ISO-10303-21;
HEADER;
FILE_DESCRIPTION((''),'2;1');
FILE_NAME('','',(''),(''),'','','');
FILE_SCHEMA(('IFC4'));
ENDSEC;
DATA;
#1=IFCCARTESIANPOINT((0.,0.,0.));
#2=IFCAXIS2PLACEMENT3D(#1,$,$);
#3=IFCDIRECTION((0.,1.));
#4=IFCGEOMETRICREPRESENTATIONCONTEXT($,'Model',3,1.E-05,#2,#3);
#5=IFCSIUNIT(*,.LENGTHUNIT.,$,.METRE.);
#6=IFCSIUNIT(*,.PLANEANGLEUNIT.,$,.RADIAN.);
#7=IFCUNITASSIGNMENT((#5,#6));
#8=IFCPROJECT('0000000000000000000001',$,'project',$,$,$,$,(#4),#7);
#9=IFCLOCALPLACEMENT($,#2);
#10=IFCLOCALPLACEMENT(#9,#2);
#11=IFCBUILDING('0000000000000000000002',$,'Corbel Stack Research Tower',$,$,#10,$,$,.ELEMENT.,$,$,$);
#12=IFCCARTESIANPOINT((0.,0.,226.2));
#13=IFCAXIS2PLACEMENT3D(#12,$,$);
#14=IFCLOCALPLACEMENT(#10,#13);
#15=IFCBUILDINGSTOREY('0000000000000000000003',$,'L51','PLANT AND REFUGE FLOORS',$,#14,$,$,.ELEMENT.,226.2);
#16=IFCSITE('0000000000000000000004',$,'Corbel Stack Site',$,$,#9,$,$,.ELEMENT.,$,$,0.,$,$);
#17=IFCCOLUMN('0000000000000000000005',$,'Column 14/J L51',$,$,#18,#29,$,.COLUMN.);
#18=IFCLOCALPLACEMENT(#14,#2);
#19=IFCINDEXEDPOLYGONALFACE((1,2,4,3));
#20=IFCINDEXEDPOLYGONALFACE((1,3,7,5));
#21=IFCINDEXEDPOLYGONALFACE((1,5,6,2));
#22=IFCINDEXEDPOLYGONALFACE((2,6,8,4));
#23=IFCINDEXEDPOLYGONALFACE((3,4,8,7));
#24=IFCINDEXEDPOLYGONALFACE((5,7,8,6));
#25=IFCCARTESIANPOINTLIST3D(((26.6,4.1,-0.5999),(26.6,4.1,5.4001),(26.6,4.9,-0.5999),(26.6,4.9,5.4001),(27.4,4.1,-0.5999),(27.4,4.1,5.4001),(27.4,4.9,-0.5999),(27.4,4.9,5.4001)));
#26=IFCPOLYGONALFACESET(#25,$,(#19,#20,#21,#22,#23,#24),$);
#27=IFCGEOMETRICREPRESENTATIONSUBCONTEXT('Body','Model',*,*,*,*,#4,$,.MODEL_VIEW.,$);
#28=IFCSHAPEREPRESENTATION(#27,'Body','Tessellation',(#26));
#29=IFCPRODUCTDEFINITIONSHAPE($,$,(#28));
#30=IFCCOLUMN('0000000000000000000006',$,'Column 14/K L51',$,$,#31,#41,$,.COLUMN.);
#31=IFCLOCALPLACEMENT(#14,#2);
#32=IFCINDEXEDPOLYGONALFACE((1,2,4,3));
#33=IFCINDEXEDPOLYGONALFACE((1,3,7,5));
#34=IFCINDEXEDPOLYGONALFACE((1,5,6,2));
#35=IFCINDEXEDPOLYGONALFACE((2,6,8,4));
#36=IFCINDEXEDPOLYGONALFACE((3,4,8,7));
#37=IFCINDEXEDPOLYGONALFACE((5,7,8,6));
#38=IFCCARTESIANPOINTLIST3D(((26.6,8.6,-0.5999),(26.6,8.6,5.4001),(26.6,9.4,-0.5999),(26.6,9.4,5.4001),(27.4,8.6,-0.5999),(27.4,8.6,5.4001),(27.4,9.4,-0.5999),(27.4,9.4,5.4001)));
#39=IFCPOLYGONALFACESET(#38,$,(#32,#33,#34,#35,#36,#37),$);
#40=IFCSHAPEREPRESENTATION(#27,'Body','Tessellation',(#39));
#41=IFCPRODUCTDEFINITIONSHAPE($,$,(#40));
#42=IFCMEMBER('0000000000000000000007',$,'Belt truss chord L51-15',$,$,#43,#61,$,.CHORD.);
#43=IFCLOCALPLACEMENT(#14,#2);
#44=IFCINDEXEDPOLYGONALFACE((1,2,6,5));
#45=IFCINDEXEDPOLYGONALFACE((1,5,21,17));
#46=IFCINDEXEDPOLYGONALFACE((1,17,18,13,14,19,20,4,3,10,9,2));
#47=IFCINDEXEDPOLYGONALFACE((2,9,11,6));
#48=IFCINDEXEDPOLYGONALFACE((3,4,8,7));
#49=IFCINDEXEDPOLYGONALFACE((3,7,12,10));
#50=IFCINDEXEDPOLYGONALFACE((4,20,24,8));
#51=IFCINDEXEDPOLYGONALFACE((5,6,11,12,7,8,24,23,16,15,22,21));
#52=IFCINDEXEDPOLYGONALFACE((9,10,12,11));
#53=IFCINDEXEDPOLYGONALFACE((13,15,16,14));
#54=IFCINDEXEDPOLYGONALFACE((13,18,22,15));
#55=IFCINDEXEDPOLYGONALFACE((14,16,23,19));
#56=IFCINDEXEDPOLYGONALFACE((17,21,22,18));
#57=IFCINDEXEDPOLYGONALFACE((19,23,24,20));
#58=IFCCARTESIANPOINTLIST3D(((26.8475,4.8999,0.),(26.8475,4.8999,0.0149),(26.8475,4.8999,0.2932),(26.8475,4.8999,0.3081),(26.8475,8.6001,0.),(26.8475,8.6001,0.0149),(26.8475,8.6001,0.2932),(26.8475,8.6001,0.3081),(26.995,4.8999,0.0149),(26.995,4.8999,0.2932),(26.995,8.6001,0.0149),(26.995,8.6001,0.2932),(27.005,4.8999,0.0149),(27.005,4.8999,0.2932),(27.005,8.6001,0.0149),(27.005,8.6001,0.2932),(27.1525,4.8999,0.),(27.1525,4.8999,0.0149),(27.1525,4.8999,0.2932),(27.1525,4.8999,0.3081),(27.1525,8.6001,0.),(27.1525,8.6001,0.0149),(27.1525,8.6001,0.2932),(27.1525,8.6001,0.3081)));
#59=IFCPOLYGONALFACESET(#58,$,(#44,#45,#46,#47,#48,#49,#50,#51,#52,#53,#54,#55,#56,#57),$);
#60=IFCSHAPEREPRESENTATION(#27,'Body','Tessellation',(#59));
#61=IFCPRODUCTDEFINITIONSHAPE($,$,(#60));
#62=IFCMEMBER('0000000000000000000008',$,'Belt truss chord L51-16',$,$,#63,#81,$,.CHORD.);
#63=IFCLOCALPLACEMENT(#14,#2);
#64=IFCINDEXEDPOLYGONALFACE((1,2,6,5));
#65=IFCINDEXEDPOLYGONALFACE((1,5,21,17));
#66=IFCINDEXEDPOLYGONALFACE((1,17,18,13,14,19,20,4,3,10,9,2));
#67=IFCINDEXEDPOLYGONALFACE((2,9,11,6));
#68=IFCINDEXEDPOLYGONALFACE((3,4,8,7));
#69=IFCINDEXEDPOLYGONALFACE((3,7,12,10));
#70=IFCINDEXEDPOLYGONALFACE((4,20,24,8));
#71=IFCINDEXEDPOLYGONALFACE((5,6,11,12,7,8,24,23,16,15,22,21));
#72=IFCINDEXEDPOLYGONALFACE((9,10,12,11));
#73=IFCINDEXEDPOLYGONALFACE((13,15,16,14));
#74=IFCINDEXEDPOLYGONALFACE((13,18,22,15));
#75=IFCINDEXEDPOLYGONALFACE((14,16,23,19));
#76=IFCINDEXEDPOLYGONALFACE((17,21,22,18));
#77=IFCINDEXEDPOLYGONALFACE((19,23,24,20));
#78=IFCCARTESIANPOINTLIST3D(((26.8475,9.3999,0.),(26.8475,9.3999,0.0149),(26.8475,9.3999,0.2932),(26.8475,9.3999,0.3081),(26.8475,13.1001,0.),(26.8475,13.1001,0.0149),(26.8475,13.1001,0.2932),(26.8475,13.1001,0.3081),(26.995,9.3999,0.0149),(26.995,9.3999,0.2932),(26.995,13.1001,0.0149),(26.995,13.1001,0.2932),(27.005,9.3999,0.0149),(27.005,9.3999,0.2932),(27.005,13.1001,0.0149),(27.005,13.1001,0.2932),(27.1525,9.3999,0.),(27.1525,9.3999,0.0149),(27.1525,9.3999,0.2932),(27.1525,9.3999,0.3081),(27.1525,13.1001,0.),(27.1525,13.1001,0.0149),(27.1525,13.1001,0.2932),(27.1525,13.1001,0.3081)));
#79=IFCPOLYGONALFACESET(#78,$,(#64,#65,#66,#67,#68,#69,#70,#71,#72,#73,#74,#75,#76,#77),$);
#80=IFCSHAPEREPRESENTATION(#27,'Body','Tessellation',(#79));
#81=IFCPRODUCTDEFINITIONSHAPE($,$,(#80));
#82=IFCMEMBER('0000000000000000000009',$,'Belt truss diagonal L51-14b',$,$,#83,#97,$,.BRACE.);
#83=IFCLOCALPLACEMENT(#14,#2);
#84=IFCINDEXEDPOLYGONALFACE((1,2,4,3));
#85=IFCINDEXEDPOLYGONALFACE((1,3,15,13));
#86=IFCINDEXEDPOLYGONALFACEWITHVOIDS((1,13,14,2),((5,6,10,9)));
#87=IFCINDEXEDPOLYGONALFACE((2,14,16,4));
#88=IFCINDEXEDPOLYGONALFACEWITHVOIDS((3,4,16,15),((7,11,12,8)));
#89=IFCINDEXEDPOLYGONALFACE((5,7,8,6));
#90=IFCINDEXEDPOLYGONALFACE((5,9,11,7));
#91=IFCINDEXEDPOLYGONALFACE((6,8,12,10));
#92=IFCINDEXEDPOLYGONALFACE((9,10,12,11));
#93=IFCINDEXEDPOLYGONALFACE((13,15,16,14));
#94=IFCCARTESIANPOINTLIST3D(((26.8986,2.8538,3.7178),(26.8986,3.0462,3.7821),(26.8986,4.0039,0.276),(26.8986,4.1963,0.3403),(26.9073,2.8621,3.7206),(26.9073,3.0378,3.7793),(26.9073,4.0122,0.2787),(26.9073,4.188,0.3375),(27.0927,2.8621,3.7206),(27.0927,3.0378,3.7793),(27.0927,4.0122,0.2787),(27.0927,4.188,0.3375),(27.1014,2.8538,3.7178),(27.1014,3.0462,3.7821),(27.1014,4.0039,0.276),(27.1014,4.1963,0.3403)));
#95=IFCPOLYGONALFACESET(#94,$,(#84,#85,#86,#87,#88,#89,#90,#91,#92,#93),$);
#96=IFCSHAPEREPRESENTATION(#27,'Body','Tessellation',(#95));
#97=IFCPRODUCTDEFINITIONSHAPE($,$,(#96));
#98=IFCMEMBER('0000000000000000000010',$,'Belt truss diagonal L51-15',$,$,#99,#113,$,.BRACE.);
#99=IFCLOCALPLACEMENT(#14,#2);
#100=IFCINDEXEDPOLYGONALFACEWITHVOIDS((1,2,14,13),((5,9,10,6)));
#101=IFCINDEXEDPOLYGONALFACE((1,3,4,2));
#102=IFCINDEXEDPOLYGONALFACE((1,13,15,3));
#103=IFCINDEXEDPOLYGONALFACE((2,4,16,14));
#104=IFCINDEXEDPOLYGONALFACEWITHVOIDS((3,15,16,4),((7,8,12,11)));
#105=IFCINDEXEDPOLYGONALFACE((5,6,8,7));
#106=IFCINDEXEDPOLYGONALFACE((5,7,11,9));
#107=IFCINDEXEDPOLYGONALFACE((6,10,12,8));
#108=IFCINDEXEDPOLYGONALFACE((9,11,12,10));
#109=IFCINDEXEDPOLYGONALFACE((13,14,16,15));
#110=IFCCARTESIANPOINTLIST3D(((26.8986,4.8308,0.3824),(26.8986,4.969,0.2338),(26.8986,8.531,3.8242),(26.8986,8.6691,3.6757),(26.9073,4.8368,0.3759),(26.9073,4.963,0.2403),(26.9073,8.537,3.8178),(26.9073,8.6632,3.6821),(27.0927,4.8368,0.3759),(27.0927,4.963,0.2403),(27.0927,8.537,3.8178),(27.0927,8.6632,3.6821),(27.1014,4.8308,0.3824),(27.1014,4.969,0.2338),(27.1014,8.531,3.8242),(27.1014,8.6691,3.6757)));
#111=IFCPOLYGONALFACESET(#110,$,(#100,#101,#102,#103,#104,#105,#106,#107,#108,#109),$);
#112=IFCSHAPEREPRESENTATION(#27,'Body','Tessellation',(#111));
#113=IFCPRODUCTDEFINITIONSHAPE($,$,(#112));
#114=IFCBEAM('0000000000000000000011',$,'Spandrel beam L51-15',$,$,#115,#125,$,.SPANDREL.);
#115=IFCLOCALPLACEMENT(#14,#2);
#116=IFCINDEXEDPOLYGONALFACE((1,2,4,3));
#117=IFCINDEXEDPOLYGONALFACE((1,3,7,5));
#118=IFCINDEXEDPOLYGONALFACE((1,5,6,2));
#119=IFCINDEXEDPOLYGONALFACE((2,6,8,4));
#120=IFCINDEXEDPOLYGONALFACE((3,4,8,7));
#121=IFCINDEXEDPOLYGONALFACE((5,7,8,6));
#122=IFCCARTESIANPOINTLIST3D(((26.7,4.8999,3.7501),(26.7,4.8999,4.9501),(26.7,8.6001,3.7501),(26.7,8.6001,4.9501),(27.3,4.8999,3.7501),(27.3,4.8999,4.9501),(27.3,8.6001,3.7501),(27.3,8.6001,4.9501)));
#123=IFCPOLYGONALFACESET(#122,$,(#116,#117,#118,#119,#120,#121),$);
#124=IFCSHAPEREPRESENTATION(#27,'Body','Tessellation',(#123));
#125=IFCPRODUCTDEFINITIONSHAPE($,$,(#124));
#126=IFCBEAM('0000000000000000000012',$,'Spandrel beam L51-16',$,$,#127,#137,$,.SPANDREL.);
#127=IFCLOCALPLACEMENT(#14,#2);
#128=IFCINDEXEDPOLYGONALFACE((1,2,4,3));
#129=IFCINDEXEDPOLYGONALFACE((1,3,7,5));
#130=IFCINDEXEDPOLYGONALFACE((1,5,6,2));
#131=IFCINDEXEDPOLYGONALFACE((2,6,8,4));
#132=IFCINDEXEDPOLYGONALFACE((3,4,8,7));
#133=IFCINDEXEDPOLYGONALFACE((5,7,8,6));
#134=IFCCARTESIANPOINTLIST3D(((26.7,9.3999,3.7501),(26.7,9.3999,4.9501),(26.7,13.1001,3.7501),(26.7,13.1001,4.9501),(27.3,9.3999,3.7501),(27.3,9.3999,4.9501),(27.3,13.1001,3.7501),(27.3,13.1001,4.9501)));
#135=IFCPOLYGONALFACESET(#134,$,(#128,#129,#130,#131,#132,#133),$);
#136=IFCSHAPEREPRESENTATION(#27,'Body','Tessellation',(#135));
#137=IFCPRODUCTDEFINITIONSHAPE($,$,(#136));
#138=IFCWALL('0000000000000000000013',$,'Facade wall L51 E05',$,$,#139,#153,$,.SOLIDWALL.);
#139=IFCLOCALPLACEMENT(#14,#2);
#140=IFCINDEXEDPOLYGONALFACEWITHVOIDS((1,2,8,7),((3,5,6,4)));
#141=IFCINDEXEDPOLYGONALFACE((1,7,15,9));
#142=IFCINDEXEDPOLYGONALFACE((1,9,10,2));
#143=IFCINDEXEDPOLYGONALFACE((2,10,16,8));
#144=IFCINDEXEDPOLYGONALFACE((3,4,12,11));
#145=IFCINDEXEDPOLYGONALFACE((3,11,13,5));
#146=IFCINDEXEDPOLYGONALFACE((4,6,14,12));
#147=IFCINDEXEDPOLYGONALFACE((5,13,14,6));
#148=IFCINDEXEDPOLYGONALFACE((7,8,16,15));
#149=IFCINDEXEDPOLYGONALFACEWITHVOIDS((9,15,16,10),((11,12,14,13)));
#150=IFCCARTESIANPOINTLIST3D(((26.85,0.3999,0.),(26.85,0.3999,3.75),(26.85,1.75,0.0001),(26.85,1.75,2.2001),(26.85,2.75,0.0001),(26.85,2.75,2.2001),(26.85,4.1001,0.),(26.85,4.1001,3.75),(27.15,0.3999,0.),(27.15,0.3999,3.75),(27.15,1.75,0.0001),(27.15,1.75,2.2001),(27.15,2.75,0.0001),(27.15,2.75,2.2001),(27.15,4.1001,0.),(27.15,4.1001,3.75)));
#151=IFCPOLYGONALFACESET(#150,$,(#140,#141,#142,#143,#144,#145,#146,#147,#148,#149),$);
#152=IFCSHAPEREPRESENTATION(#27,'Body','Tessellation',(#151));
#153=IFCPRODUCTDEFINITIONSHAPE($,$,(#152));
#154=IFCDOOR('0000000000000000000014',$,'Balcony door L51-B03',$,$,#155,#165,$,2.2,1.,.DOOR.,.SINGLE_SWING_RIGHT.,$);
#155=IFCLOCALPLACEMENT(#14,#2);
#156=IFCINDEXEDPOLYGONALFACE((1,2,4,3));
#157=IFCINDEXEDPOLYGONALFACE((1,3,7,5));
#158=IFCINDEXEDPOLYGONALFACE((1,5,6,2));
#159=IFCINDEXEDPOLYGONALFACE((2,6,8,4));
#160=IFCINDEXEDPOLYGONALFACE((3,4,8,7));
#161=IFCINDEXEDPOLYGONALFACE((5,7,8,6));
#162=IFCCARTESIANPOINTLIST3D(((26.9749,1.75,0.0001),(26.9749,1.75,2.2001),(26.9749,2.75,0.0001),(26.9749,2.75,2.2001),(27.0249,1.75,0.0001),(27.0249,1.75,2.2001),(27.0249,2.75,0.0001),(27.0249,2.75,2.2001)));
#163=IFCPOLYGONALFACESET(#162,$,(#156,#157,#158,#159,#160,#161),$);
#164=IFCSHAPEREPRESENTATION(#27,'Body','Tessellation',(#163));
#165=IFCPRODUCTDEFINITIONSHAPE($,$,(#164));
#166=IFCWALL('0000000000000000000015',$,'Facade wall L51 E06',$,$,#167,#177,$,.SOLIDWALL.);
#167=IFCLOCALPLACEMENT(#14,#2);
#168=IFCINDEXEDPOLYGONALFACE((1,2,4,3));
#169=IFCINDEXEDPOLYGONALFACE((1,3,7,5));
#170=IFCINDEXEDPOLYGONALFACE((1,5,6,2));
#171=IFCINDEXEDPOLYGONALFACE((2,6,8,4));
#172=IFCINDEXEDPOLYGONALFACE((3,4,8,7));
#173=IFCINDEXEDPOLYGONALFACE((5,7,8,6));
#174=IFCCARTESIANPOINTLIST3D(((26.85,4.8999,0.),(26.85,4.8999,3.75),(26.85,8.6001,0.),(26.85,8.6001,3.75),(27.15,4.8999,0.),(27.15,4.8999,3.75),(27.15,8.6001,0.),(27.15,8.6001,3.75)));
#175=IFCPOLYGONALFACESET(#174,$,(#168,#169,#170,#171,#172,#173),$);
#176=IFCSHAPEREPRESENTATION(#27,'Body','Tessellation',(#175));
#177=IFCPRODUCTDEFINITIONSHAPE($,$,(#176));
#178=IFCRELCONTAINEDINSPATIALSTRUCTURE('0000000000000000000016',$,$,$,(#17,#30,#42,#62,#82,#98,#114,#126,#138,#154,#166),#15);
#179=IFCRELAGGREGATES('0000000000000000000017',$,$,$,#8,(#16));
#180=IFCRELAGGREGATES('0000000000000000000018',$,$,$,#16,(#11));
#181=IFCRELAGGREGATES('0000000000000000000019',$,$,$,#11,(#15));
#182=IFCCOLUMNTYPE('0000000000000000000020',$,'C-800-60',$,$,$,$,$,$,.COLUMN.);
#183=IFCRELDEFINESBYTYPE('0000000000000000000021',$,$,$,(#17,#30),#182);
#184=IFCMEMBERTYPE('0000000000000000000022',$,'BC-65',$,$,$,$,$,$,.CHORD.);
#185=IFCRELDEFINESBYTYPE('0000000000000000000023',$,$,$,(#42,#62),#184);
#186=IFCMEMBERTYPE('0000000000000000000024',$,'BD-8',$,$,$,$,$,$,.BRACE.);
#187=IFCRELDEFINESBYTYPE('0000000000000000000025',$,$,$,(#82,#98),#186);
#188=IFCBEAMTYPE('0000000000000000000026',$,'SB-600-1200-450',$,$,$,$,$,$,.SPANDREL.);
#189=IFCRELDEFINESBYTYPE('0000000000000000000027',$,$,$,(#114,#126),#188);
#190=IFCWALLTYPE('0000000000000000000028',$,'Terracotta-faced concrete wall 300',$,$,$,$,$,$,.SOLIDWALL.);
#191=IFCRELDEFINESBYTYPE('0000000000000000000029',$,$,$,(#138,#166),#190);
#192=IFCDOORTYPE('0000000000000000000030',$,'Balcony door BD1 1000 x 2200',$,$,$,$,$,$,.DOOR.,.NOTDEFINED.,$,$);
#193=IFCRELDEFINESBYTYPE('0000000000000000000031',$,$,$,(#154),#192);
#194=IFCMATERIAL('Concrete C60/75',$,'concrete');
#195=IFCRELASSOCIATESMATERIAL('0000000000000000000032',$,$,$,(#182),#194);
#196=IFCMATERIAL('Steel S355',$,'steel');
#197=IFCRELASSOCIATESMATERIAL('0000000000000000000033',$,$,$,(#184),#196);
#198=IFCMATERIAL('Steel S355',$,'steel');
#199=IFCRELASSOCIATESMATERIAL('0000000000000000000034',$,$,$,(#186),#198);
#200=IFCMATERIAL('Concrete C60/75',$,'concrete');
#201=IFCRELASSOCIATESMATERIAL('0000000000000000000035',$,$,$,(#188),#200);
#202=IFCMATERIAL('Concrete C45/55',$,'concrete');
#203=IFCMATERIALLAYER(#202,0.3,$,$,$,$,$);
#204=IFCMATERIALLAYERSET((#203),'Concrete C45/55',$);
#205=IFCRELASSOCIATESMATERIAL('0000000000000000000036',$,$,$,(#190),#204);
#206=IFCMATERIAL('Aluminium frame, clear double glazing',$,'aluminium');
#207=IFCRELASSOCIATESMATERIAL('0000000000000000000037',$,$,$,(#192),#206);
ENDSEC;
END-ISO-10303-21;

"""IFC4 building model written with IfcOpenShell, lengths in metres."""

from ifc_helpers import new_model, si_unit, direction, frame, frame_2d, origin, origin_2d, place, context, subcontext, project, spatial, rectangle, hollow_rectangle, i_section, extrude, material, layer, layer_set, material_profile, profile_set, type_object, element, fill, save


model = new_model("IFC4")

# Units and contexts
model_context = context("Model", 3, precision=1e-05, world=origin(), true_north=direction((0.0, 1.0)))
body_context = subcontext(model_context, "Body", "Model", "MODEL_VIEW")
ifc_project = project(units=[si_unit("LENGTHUNIT", "METRE"), si_unit("PLANEANGLEUNIT", "RADIAN")], contexts=[model_context])

# Site, building, storey
site_placement = place(None, origin())
site = spatial("IfcSite", under=ifc_project, at=site_placement, Name="Corbel Stack Site", CompositionType="ELEMENT", RefElevation=0.0)
building_placement = place(site_placement, origin())
building = spatial("IfcBuilding", under=site, at=building_placement, Name="Corbel Stack Research Tower", CompositionType="ELEMENT")
storey_placement = place(building_placement, frame((0.0, 0.0, 226.2)))
storey = spatial("IfcBuildingStorey", under=building, at=storey_placement, Name="L51", Description="PLANT AND REFUGE FLOORS", CompositionType="ELEMENT", Elevation=226.2)

# Columns
ifc_material_1 = material(Name="Concrete C60/75", Category="concrete")
ifc_material_profile_1 = material_profile(ifc_material_1, rectangle(XDim=0.8, YDim=0.8, at=origin_2d()), Name="RC 800 x 800")
ifc_profile_set_1 = profile_set([ifc_material_profile_1], Name="Concrete C60/75")
column_type = type_object("IfcColumnType", Name="C-800-60", PredefinedType="COLUMN", material=ifc_profile_set_1)
for number, where, z_axis, x_axis, name in (
    (1, (27.0, 4.5, -0.5999), (0.0, 0.0, 1.0), (1.0, 0.0, 0.0), "Column 14/J L51"),
    (2, (27.0, 9.0, -0.5999), (0.0, 0.0, 1.0), (1.0, 0.0, 0.0), "Column 14/K L51"),
):
    element("IfcColumn", number, at=place(storey_placement, frame(where, z_axis=z_axis, x_axis=x_axis)), inside=storey, type_object=column_type, Name=name, PredefinedType="COLUMN", context=body_context, shape_type="SweptSolid", body=[
        extrude(rectangle(XDim=0.8, YDim=0.8, at=origin_2d()), origin(), (0.0, 0.0, 1.0), 6.0),
    ])

# Members
ifc_material_2 = material(Name="Steel S355", Category="steel")
ifc_material_profile_2 = material_profile(ifc_material_2, i_section(OverallWidth=0.3049, OverallDepth=0.3081, WebThickness=0.01, FlangeThickness=0.0149, at=origin_2d()), Name="W12x65")
ifc_profile_set_2 = profile_set([ifc_material_profile_2], Name="Steel S355")
member_type_1 = type_object("IfcMemberType", Name="BC-65", PredefinedType="CHORD", material=ifc_profile_set_2)
for number, where, z_axis, x_axis, name in (
    (3, (27.0, 4.8999, 0.1541), (0.0, 1.0, 0.0), (-1.0, 0.0, 0.0), "Belt truss chord L51-15"),
    (4, (27.0, 9.3999, 0.1541), (0.0, 1.0, 0.0), (-1.0, 0.0, 0.0), "Belt truss chord L51-16"),
):
    element("IfcMember", number, at=place(storey_placement, frame(where, z_axis=z_axis, x_axis=x_axis)), inside=storey, type_object=member_type_1, Name=name, PredefinedType="CHORD", context=body_context, shape_type="SweptSolid", body=[
        extrude(i_section(OverallWidth=0.3049, OverallDepth=0.3081, WebThickness=0.01, FlangeThickness=0.0149, at=origin_2d()), origin(), (0.0, 0.0, 1.0), 3.7002),
    ])
ifc_material_3 = material(Name="Steel S355", Category="steel")
ifc_material_profile_3 = material_profile(ifc_material_3, hollow_rectangle(XDim=0.2029, YDim=0.2029, WallThickness=0.0088, at=origin_2d()), Name="HSS8x8x3/8")
ifc_profile_set_3 = profile_set([ifc_material_profile_3], Name="Steel S355")
member_type_2 = type_object("IfcMemberType", Name="BD-8", PredefinedType="BRACE", material=ifc_profile_set_3)
member_1_placement = place(storey_placement, frame((27.0, 4.1001, 0.3081), z_axis=(0.0, -0.316934, 0.948448), x_axis=(1.0, 0.0, 0.0)))
element("IfcMember", 5, at=member_1_placement, inside=storey, type_object=member_type_2, Name="Belt truss diagonal L51-14b", PredefinedType="BRACE", context=body_context, shape_type="SweptSolid", body=[
    extrude(hollow_rectangle(XDim=0.2029, YDim=0.2029, WallThickness=0.0088, at=origin_2d()), origin(), (0.0, 0.0, 1.0), 3.6289),
])
member_2_placement = place(storey_placement, frame((27.0, 4.8999, 0.3081), z_axis=(0.0, 0.732201, 0.681088), x_axis=(-1.0, 0.0, 0.0)))
element("IfcMember", 6, at=member_2_placement, inside=storey, type_object=member_type_2, Name="Belt truss diagonal L51-15", PredefinedType="BRACE", context=body_context, shape_type="SweptSolid", body=[
    extrude(hollow_rectangle(XDim=0.2029, YDim=0.2029, WallThickness=0.0088, at=origin_2d()), origin(), (0.0, 0.0, 1.0), 5.0535),
])

# Beams
ifc_material_4 = material(Name="Concrete C60/75", Category="concrete")
ifc_material_profile_4 = material_profile(ifc_material_4, rectangle(XDim=0.6001, YDim=1.2, at=origin_2d()), Name="RC 600 x 1200")
ifc_profile_set_4 = profile_set([ifc_material_profile_4], Name="Concrete C60/75")
beam_type = type_object("IfcBeamType", Name="SB-600-1200-450", PredefinedType="SPANDREL", material=ifc_profile_set_4)
for number, where, z_axis, x_axis, name in (
    (7, (27.0, 4.8999, 4.3501), (0.0, 1.0, 0.0), (-1.0, 0.0, 0.0), "Spandrel beam L51-15"),
    (8, (27.0, 9.3999, 4.3501), (0.0, 1.0, 0.0), (-1.0, 0.0, 0.0), "Spandrel beam L51-16"),
):
    element("IfcBeam", number, at=place(storey_placement, frame(where, z_axis=z_axis, x_axis=x_axis)), inside=storey, type_object=beam_type, Name=name, PredefinedType="SPANDREL", context=body_context, shape_type="SweptSolid", body=[
        extrude(rectangle(XDim=0.6001, YDim=1.2, at=origin_2d()), origin(), (0.0, 0.0, 1.0), 3.7002),
    ])

# Wall, opening, door
ifc_material_5 = material(Name="Concrete C45/55", Category="concrete")
ifc_layer_1 = layer(ifc_material_5, 0.3)
ifc_layer_set_1 = layer_set([ifc_layer_1], Name="Concrete C45/55")
wall_type = type_object("IfcWallType", Name="Terracotta-faced concrete wall 300", PredefinedType="SOLIDWALL", material=ifc_layer_set_1)
wall_1_placement = place(storey_placement, frame((27.0, 4.1001, 0.0), z_axis=(0.0, 0.0, 1.0), x_axis=(0.0, -1.0, 0.0)))
wall_1 = element("IfcWall", 9, at=wall_1_placement, inside=storey, type_object=wall_type, Name="Facade wall L51 E05", PredefinedType="SOLIDWALL", context=body_context, shape_type="SweptSolid", body=[
    extrude(rectangle(XDim=3.7002, YDim=0.3, at=frame_2d((1.8501, 0.0))), origin(), (0.0, 0.0, 1.0), 3.75),
])
opening_placement = place(wall_1_placement, frame((1.3501, 0.0, 0.0)))
opening = element("IfcOpeningElement", 10, at=opening_placement, cuts=wall_1, PredefinedType="OPENING", context=body_context, shape_type="SweptSolid", body=[
    extrude(rectangle(XDim=1.0, YDim=2.2, at=frame_2d((0.5, 1.1001))), frame((0.0, 0.1599, 0.0), z_axis=(0.0, -1.0, 0.0), x_axis=(1.0, 0.0, 0.0)), (0.0, 0.0, 1.0), 0.3201),
])
ifc_material_6 = material(Name="Aluminium frame, clear double glazing", Category="aluminium")
door_type = type_object("IfcDoorType", Name="Balcony door BD1 1000 x 2200", OperationType="NOTDEFINED", PredefinedType="DOOR", material=ifc_material_6)
door_placement = place(opening_placement, origin())
door = element("IfcDoor", 11, at=door_placement, inside=storey, type_object=door_type, Name="Balcony door L51-B03", OperationType="SINGLE_SWING_RIGHT", OverallHeight=2.2, OverallWidth=1.0, PredefinedType="DOOR", context=body_context, shape_type="SweptSolid", body=[
    extrude(rectangle(XDim=1.0, YDim=2.2, at=frame_2d((0.5, 1.1001))), frame((0.0, 0.0249, 0.0), z_axis=(0.0, -1.0, 0.0), x_axis=(1.0, 0.0, 0.0)), (0.0, 0.0, 1.0), 0.05),
])
fill(opening, door)

# Wall
wall_2_placement = place(storey_placement, frame((27.0, 8.6001, 0.0), z_axis=(0.0, 0.0, 1.0), x_axis=(0.0, -1.0, 0.0)))
element("IfcWall", 12, at=wall_2_placement, inside=storey, type_object=wall_type, Name="Facade wall L51 E06", PredefinedType="SOLIDWALL", context=body_context, shape_type="SweptSolid", body=[
    extrude(rectangle(XDim=3.7002, YDim=0.3, at=frame_2d((1.8501, 0.0))), origin(), (0.0, 0.0, 1.0), 3.75),
])

save(model, "model.ifc")
